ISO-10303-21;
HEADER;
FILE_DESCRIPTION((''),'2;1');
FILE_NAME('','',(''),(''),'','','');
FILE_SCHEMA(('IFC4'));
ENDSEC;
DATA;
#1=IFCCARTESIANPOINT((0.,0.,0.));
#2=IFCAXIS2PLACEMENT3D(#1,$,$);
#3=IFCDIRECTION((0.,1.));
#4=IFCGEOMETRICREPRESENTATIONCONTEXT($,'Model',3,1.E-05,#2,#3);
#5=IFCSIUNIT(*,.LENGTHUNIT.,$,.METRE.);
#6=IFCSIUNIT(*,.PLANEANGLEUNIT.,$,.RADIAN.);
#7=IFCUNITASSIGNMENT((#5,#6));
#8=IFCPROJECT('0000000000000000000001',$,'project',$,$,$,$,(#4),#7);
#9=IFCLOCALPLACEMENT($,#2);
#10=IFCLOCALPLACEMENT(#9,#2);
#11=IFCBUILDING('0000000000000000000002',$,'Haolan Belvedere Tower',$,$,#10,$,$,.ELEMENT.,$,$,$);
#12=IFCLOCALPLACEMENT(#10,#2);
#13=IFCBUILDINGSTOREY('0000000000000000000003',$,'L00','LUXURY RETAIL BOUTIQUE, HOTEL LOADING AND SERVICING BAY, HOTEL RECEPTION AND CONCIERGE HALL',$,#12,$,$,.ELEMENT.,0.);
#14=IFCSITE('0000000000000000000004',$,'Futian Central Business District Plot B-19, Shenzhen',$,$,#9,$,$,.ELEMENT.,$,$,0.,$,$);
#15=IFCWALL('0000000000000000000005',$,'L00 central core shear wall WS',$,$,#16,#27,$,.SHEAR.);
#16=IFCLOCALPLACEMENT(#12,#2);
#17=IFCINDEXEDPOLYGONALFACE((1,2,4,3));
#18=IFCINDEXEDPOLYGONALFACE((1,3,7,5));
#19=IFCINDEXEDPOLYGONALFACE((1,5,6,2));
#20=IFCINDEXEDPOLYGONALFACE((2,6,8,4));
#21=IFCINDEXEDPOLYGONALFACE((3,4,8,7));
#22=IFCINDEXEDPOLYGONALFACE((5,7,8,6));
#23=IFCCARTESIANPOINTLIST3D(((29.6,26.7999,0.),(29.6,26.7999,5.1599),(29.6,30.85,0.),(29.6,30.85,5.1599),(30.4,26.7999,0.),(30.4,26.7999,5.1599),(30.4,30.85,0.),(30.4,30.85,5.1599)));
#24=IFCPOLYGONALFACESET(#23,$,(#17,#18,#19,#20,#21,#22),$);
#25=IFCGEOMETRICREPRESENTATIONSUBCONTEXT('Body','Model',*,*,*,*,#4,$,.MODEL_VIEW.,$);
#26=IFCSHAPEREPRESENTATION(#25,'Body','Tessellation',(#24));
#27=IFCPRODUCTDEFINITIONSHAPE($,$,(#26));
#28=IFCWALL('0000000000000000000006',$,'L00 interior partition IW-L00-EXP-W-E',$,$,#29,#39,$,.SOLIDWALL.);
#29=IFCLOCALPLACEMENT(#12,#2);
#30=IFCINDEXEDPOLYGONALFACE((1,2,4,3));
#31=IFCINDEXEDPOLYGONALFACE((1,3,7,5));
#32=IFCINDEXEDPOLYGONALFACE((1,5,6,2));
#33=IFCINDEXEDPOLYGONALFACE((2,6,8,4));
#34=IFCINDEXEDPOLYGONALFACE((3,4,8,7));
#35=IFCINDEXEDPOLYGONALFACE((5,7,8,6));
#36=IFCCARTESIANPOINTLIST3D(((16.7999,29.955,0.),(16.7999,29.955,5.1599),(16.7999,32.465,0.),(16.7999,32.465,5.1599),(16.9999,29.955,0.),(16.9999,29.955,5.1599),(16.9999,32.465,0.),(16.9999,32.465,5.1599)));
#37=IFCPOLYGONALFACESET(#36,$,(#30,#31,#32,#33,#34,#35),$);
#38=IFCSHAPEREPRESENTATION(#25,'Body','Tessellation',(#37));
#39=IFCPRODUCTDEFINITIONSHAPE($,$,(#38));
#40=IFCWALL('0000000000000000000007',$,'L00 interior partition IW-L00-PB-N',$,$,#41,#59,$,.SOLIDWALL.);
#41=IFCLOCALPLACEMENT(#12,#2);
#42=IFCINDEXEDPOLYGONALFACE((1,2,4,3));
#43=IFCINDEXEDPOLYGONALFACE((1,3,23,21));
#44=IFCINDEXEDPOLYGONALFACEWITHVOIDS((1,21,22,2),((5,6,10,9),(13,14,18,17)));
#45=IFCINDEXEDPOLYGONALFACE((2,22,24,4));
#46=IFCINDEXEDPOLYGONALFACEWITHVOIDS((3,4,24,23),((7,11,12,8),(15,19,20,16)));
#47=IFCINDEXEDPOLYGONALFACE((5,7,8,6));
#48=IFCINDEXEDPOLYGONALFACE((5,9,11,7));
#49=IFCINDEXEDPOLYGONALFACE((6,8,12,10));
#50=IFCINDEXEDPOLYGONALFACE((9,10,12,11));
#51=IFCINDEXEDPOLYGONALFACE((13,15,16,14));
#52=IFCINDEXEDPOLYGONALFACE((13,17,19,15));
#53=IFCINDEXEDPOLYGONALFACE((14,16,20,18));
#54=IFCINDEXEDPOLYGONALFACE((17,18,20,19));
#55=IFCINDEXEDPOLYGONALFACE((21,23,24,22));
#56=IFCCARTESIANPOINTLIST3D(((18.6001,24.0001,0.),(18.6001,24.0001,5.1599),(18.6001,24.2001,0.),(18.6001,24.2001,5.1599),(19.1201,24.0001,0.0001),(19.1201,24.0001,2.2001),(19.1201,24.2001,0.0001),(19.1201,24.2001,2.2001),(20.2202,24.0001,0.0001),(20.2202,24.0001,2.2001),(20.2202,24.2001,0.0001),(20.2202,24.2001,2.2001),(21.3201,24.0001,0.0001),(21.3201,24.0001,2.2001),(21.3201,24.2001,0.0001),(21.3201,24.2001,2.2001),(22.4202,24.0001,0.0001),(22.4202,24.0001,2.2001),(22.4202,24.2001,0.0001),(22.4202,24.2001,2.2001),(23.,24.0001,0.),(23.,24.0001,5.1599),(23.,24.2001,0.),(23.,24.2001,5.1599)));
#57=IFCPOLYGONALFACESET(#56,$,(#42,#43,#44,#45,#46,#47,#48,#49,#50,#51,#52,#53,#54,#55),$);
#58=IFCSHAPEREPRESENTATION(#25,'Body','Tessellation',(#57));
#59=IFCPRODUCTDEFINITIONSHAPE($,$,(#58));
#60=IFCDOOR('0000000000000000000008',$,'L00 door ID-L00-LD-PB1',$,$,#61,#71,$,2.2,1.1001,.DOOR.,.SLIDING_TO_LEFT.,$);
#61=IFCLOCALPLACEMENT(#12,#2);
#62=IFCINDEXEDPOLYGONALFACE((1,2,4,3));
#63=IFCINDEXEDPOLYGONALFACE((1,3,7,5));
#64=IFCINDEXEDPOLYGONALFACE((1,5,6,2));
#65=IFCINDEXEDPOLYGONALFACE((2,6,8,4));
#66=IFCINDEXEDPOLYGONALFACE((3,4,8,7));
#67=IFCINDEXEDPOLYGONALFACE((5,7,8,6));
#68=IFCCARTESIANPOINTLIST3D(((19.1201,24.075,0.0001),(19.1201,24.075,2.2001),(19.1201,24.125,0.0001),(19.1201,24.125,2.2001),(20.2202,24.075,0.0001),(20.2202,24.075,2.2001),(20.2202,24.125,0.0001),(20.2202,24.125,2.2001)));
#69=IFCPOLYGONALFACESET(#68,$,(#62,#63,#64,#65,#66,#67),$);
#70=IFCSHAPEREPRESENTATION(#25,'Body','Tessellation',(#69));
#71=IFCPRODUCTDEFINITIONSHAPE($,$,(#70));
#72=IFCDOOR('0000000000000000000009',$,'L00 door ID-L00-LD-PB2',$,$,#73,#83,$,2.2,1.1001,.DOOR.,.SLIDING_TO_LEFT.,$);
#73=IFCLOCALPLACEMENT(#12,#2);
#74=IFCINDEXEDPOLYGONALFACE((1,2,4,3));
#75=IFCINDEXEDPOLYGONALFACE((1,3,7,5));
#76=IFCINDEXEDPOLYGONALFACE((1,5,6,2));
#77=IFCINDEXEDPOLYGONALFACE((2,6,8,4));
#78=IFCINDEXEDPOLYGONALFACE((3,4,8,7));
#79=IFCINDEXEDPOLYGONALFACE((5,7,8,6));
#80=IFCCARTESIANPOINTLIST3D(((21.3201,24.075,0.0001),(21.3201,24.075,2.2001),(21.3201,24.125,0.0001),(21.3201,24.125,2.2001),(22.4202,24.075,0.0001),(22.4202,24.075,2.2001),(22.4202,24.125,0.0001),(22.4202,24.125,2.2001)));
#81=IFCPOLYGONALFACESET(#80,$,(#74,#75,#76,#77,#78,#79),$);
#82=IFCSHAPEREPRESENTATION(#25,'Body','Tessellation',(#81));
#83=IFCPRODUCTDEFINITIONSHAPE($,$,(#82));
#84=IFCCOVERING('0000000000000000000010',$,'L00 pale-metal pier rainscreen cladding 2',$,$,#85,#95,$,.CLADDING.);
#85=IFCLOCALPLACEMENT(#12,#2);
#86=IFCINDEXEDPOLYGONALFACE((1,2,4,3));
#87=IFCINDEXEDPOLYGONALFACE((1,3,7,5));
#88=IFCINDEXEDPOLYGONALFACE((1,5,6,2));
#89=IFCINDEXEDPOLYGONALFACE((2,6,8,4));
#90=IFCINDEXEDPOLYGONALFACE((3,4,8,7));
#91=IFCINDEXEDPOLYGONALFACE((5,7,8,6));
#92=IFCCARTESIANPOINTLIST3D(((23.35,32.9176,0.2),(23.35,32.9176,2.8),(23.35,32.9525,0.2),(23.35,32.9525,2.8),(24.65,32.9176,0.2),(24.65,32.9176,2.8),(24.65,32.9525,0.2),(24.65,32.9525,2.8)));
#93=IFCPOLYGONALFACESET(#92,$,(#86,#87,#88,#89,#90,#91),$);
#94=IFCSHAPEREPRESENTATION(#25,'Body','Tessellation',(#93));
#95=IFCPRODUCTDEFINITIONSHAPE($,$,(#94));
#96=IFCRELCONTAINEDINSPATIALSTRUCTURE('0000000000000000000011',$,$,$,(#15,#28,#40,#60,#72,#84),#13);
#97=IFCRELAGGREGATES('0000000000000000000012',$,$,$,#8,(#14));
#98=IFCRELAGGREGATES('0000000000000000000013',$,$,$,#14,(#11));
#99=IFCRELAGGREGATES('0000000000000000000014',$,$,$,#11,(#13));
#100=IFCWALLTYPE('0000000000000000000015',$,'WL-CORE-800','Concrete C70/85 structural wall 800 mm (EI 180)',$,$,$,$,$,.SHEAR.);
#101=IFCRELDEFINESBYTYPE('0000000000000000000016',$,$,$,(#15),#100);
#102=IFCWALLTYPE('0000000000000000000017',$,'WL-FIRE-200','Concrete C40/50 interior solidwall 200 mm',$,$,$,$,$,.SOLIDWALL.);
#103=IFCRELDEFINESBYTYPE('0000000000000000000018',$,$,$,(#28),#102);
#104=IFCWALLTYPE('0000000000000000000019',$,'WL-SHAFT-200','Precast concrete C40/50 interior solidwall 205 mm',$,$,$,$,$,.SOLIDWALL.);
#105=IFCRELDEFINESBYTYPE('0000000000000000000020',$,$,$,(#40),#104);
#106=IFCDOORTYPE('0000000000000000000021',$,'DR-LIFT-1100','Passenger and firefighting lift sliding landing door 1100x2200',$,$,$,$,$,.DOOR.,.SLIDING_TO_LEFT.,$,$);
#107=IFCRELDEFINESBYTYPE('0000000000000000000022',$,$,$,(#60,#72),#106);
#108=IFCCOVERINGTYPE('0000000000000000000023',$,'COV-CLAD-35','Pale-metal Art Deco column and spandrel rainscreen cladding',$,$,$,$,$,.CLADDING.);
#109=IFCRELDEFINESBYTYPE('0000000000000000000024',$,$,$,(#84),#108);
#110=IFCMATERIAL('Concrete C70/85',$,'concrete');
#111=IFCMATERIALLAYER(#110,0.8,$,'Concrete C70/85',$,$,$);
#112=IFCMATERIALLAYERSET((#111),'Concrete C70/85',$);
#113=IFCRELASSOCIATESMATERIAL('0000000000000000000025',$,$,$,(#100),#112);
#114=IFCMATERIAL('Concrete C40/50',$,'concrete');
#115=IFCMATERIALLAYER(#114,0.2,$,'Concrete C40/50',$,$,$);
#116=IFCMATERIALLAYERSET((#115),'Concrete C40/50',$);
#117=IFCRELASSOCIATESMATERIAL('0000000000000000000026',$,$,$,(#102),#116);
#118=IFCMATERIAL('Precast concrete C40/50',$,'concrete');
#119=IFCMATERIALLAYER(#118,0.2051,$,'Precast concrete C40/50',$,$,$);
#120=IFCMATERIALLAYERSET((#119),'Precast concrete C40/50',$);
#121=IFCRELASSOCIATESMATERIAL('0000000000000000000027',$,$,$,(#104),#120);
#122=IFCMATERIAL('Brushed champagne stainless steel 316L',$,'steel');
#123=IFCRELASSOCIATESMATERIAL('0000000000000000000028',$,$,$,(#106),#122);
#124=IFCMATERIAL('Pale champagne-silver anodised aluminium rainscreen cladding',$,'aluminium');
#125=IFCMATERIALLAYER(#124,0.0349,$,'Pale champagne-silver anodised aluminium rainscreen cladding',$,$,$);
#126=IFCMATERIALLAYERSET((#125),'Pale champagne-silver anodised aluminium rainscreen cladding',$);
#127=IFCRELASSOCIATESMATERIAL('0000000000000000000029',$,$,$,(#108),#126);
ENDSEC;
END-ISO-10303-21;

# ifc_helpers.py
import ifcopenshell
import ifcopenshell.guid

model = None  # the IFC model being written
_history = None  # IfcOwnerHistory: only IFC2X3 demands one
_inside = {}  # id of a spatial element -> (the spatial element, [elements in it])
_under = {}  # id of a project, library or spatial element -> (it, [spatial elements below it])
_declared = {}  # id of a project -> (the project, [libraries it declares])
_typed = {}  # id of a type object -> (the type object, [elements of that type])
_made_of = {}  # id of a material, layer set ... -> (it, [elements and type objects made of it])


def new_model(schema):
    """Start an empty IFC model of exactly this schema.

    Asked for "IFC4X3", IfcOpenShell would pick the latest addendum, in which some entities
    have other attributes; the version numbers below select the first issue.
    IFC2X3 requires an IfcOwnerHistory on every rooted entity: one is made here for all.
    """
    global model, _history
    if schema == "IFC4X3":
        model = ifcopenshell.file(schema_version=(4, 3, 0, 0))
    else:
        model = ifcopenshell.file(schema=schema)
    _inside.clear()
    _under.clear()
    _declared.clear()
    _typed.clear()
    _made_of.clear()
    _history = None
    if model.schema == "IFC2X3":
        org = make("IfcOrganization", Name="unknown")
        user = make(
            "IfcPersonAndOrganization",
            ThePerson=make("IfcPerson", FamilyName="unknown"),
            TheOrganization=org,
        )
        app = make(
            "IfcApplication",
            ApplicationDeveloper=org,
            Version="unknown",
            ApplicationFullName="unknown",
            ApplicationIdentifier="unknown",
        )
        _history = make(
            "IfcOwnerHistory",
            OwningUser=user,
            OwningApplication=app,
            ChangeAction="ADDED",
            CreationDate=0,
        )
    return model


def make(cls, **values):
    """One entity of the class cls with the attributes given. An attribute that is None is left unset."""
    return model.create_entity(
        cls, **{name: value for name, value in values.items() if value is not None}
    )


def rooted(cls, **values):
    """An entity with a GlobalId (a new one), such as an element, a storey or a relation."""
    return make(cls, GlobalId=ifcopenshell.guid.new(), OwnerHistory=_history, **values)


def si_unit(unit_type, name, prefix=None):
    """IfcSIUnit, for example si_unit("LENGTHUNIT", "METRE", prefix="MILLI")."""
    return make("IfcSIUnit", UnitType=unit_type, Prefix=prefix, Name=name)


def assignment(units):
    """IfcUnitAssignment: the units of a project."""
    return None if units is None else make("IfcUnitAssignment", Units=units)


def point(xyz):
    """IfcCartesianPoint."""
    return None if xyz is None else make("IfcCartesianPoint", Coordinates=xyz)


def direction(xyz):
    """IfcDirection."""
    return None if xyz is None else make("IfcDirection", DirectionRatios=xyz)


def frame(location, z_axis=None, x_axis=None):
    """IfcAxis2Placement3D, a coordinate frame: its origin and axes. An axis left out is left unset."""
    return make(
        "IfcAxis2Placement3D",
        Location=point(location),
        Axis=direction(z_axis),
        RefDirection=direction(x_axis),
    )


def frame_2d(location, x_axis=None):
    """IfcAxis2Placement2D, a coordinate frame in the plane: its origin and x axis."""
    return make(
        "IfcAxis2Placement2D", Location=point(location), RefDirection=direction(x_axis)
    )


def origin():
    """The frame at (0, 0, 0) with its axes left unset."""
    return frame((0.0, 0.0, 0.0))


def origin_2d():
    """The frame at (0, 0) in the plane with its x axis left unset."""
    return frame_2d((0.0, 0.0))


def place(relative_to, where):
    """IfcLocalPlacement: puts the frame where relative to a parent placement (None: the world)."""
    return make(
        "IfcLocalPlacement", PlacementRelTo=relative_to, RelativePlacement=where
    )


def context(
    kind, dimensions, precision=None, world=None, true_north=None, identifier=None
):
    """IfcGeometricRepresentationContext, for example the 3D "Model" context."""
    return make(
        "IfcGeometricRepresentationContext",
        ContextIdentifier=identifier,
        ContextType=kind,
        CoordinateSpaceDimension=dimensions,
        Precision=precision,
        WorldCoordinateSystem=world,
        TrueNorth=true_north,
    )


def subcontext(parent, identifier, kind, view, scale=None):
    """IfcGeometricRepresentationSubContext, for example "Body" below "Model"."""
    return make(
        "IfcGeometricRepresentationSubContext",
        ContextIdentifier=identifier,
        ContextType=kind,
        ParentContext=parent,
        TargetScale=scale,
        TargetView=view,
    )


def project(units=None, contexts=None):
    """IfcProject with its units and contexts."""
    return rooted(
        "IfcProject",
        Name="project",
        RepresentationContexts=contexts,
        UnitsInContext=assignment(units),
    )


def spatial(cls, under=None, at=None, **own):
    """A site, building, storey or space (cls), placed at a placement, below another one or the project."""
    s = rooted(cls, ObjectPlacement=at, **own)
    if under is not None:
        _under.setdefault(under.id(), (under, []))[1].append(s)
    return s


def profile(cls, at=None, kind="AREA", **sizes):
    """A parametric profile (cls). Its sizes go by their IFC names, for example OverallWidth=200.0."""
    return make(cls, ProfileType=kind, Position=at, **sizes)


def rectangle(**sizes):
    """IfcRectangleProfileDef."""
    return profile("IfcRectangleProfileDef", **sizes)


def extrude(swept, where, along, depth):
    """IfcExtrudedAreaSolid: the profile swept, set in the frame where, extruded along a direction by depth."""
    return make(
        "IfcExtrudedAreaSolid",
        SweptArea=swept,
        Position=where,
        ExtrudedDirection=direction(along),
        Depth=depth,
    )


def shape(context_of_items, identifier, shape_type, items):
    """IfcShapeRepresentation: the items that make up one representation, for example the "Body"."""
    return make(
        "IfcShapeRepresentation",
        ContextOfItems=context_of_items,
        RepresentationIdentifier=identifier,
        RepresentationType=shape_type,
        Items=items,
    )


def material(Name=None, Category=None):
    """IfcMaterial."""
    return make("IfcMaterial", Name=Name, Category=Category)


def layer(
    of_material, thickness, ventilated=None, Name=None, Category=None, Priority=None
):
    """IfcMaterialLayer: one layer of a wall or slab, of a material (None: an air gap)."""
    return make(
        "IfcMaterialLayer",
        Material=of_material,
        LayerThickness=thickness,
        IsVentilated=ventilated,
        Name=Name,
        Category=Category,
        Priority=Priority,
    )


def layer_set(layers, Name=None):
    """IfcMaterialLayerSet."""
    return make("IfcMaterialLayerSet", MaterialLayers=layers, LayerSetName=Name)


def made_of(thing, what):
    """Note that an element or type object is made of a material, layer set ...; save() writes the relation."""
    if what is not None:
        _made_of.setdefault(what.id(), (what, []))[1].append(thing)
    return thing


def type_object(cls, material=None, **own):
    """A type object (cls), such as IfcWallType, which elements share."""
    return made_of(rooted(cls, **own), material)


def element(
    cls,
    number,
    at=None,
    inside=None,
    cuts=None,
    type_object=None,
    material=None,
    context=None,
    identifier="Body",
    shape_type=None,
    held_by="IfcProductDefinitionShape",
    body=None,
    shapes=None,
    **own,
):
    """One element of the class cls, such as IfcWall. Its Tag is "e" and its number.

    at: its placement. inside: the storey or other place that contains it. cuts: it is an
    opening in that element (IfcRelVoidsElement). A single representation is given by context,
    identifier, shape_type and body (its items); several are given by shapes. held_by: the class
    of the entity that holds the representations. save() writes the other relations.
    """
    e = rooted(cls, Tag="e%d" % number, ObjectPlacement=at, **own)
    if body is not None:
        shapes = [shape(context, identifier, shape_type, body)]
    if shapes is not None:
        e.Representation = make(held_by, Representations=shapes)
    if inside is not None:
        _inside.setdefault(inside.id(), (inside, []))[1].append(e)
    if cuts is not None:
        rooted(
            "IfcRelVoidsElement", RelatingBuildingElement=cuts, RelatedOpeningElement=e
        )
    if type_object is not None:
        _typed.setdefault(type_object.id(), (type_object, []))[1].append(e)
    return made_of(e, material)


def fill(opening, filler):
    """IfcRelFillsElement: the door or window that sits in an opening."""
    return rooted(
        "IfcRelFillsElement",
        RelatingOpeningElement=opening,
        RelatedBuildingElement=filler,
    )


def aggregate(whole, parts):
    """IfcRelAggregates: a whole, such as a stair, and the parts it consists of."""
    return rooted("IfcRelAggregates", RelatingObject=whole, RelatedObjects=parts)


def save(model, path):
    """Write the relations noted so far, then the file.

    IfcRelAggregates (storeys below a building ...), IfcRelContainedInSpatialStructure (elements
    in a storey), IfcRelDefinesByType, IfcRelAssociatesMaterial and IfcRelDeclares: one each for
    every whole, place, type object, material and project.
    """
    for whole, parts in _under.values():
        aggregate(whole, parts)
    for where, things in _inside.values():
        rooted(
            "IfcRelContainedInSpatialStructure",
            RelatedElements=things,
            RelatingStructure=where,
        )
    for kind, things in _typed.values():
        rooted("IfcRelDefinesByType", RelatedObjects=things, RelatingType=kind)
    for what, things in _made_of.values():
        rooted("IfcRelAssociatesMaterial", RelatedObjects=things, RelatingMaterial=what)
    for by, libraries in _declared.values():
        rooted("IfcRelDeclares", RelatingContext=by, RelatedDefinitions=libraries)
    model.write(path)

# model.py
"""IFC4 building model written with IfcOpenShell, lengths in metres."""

from ifc_helpers import new_model, si_unit, direction, frame, frame_2d, origin, origin_2d, place, context, subcontext, project, spatial, rectangle, extrude, material, layer, layer_set, type_object, element, fill, save


model = new_model("IFC4")

# Units and contexts
model_context = context("Model", 3, precision=1e-05, world=origin(), true_north=direction((0.0, 1.0)))
body_context = subcontext(model_context, "Body", "Model", "MODEL_VIEW")
ifc_project = project(units=[si_unit("LENGTHUNIT", "METRE"), si_unit("PLANEANGLEUNIT", "RADIAN")], contexts=[model_context])

# Site, building, storey
site_placement = place(None, origin())
site = spatial("IfcSite", under=ifc_project, at=site_placement, Name="Futian Central Business District Plot B-19, Shenzhen", CompositionType="ELEMENT", RefElevation=0.0)
building_placement = place(site_placement, origin())
building = spatial("IfcBuilding", under=site, at=building_placement, Name="Haolan Belvedere Tower", CompositionType="ELEMENT")
storey_placement = place(building_placement, origin())
storey = spatial("IfcBuildingStorey", under=building, at=storey_placement, Name="L00", Description="LUXURY RETAIL BOUTIQUE, HOTEL LOADING AND SERVICING BAY, HOTEL RECEPTION AND CONCIERGE HALL", CompositionType="ELEMENT", Elevation=0.0)

# Shared definitions
ifc_material_1 = material(Name="Concrete C70/85", Category="concrete")
ifc_layer_1 = layer(ifc_material_1, 0.8, Name="Concrete C70/85")
ifc_layer_set_1 = layer_set([ifc_layer_1], Name="Concrete C70/85")
wall_type_1 = type_object("IfcWallType", Name="WL-CORE-800", Description="Concrete C70/85 structural wall 800 mm (EI 180)", PredefinedType="SHEAR", material=ifc_layer_set_1)

# Walls
wall_1_placement = place(storey_placement, frame((30.0, 26.8, 0.0), z_axis=(0.0, 0.0, 1.0), x_axis=(0.0, 1.0, 0.0)))
element("IfcWall", 1, at=wall_1_placement, inside=storey, type_object=wall_type_1, Name="L00 central core shear wall WS", PredefinedType="SHEAR", context=body_context, shape_type="SweptSolid", body=[
    extrude(rectangle(XDim=4.05, YDim=0.8, at=frame_2d((2.0249, 0.0))), origin(), (0.0, 0.0, 1.0), 5.1599),
])
ifc_material_2 = material(Name="Concrete C40/50", Category="concrete")
ifc_layer_2 = layer(ifc_material_2, 0.2, Name="Concrete C40/50")
ifc_layer_set_2 = layer_set([ifc_layer_2], Name="Concrete C40/50")
wall_type_2 = type_object("IfcWallType", Name="WL-FIRE-200", Description="Concrete C40/50 interior solidwall 200 mm", PredefinedType="SOLIDWALL", material=ifc_layer_set_2)
wall_2_placement = place(storey_placement, frame((16.8999, 29.9551, 0.0), z_axis=(0.0, 0.0, 1.0), x_axis=(0.0, 1.0, 0.0)))
element("IfcWall", 2, at=wall_2_placement, inside=storey, type_object=wall_type_2, Name="L00 interior partition IW-L00-EXP-W-E", PredefinedType="SOLIDWALL", context=body_context, shape_type="SweptSolid", body=[
    extrude(rectangle(XDim=2.51, YDim=0.2, at=frame_2d((1.2549, 0.0))), origin(), (0.0, 0.0, 1.0), 5.1599),
])

# Wall, openings, doors
ifc_material_3 = material(Name="Precast concrete C40/50", Category="concrete")
ifc_layer_3 = layer(ifc_material_3, 0.2051, Name="Precast concrete C40/50")
ifc_layer_set_3 = layer_set([ifc_layer_3], Name="Precast concrete C40/50")
wall_type_3 = type_object("IfcWallType", Name="WL-SHAFT-200", Description="Precast concrete C40/50 interior solidwall 205 mm", PredefinedType="SOLIDWALL", material=ifc_layer_set_3)
wall_3_placement = place(storey_placement, frame((18.6001, 24.1001, 0.0), z_axis=(0.0, 0.0, 1.0), x_axis=(1.0, 0.0, 0.0)))
wall_3 = element("IfcWall", 3, at=wall_3_placement, inside=storey, type_object=wall_type_3, Name="L00 interior partition IW-L00-PB-N", PredefinedType="SOLIDWALL", context=body_context, shape_type="SweptSolid", body=[
    extrude(rectangle(XDim=4.3999, YDim=0.2, at=frame_2d((2.2, 0.0))), origin(), (0.0, 0.0, 1.0), 5.1599),
])
opening_1_placement = place(wall_3_placement, frame((0.52, 0.0, 0.0)))
opening_1 = element("IfcOpeningElement", 4, at=opening_1_placement, cuts=wall_3, PredefinedType="OPENING", context=body_context, shape_type="SweptSolid", body=[
    extrude(rectangle(XDim=1.1001, YDim=2.2, at=frame_2d((0.55, 1.1001))), frame((0.0, 0.1099, 0.0), z_axis=(0.0, -1.0, 0.0), x_axis=(1.0, 0.0, 0.0)), (0.0, 0.0, 1.0), 0.22),
])
opening_2_placement = place(wall_3_placement, frame((2.72, 0.0, 0.0)))
opening_2 = element("IfcOpeningElement", 5, at=opening_2_placement, cuts=wall_3, PredefinedType="OPENING", context=body_context, shape_type="SweptSolid", body=[
    extrude(rectangle(XDim=1.1001, YDim=2.2, at=frame_2d((0.55, 1.1001))), frame((0.0, 0.1099, 0.0), z_axis=(0.0, -1.0, 0.0), x_axis=(1.0, 0.0, 0.0)), (0.0, 0.0, 1.0), 0.22),
])
ifc_material_4 = material(Name="Brushed champagne stainless steel 316L", Category="steel")
door_type_1 = type_object("IfcDoorType", Name="DR-LIFT-1100", Description="Passenger and firefighting lift sliding landing door 1100x2200", OperationType="SLIDING_TO_LEFT", PredefinedType="DOOR", material=ifc_material_4)
door_1_placement = place(opening_1_placement, origin())
door_1 = element("IfcDoor", 6, at=door_1_placement, inside=storey, type_object=door_type_1, Name="L00 door ID-L00-LD-PB1", OperationType="SLIDING_TO_LEFT", OverallHeight=2.2, OverallWidth=1.1001, PredefinedType="DOOR", context=body_context, shape_type="SweptSolid", body=[
    extrude(rectangle(XDim=1.1001, YDim=2.2, at=frame_2d((0.55, 1.1001))), frame((0.0, 0.0249, 0.0), z_axis=(0.0, -1.0, 0.0), x_axis=(1.0, 0.0, 0.0)), (0.0, 0.0, 1.0), 0.05),
])
fill(opening_1, door_1)
door_2_placement = place(opening_2_placement, origin())
door_2 = element("IfcDoor", 7, at=door_2_placement, inside=storey, type_object=door_type_1, Name="L00 door ID-L00-LD-PB2", OperationType="SLIDING_TO_LEFT", OverallHeight=2.2, OverallWidth=1.1001, PredefinedType="DOOR", context=body_context, shape_type="SweptSolid", body=[
    extrude(rectangle(XDim=1.1001, YDim=2.2, at=frame_2d((0.55, 1.1001))), frame((0.0, 0.0249, 0.0), z_axis=(0.0, -1.0, 0.0), x_axis=(1.0, 0.0, 0.0)), (0.0, 0.0, 1.0), 0.05),
])
fill(opening_2, door_2)

# Covering
ifc_material_5 = material(Name="Pale champagne-silver anodised aluminium rainscreen cladding", Category="aluminium")
ifc_layer_4 = layer(ifc_material_5, 0.0349, Name="Pale champagne-silver anodised aluminium rainscreen cladding")
ifc_layer_set_4 = layer_set([ifc_layer_4], Name="Pale champagne-silver anodised aluminium rainscreen cladding")
covering_type = type_object("IfcCoveringType", Name="COV-CLAD-35", Description="Pale-metal Art Deco column and spandrel rainscreen cladding", PredefinedType="CLADDING", material=ifc_layer_set_4)
covering_placement = place(storey_placement, frame((24.0, 32.9351, 0.2), z_axis=(0.0, 0.0, 1.0), x_axis=(1.0, 0.0, 0.0)))
element("IfcCovering", 8, at=covering_placement, inside=storey, type_object=covering_type, Name="L00 pale-metal pier rainscreen cladding 2", PredefinedType="CLADDING", context=body_context, shape_type="SweptSolid", body=[
    extrude(rectangle(XDim=1.3, YDim=0.0349, at=origin_2d()), origin(), (0.0, 0.0, 1.0), 2.6001),
])

save(model, "model.ifc")
